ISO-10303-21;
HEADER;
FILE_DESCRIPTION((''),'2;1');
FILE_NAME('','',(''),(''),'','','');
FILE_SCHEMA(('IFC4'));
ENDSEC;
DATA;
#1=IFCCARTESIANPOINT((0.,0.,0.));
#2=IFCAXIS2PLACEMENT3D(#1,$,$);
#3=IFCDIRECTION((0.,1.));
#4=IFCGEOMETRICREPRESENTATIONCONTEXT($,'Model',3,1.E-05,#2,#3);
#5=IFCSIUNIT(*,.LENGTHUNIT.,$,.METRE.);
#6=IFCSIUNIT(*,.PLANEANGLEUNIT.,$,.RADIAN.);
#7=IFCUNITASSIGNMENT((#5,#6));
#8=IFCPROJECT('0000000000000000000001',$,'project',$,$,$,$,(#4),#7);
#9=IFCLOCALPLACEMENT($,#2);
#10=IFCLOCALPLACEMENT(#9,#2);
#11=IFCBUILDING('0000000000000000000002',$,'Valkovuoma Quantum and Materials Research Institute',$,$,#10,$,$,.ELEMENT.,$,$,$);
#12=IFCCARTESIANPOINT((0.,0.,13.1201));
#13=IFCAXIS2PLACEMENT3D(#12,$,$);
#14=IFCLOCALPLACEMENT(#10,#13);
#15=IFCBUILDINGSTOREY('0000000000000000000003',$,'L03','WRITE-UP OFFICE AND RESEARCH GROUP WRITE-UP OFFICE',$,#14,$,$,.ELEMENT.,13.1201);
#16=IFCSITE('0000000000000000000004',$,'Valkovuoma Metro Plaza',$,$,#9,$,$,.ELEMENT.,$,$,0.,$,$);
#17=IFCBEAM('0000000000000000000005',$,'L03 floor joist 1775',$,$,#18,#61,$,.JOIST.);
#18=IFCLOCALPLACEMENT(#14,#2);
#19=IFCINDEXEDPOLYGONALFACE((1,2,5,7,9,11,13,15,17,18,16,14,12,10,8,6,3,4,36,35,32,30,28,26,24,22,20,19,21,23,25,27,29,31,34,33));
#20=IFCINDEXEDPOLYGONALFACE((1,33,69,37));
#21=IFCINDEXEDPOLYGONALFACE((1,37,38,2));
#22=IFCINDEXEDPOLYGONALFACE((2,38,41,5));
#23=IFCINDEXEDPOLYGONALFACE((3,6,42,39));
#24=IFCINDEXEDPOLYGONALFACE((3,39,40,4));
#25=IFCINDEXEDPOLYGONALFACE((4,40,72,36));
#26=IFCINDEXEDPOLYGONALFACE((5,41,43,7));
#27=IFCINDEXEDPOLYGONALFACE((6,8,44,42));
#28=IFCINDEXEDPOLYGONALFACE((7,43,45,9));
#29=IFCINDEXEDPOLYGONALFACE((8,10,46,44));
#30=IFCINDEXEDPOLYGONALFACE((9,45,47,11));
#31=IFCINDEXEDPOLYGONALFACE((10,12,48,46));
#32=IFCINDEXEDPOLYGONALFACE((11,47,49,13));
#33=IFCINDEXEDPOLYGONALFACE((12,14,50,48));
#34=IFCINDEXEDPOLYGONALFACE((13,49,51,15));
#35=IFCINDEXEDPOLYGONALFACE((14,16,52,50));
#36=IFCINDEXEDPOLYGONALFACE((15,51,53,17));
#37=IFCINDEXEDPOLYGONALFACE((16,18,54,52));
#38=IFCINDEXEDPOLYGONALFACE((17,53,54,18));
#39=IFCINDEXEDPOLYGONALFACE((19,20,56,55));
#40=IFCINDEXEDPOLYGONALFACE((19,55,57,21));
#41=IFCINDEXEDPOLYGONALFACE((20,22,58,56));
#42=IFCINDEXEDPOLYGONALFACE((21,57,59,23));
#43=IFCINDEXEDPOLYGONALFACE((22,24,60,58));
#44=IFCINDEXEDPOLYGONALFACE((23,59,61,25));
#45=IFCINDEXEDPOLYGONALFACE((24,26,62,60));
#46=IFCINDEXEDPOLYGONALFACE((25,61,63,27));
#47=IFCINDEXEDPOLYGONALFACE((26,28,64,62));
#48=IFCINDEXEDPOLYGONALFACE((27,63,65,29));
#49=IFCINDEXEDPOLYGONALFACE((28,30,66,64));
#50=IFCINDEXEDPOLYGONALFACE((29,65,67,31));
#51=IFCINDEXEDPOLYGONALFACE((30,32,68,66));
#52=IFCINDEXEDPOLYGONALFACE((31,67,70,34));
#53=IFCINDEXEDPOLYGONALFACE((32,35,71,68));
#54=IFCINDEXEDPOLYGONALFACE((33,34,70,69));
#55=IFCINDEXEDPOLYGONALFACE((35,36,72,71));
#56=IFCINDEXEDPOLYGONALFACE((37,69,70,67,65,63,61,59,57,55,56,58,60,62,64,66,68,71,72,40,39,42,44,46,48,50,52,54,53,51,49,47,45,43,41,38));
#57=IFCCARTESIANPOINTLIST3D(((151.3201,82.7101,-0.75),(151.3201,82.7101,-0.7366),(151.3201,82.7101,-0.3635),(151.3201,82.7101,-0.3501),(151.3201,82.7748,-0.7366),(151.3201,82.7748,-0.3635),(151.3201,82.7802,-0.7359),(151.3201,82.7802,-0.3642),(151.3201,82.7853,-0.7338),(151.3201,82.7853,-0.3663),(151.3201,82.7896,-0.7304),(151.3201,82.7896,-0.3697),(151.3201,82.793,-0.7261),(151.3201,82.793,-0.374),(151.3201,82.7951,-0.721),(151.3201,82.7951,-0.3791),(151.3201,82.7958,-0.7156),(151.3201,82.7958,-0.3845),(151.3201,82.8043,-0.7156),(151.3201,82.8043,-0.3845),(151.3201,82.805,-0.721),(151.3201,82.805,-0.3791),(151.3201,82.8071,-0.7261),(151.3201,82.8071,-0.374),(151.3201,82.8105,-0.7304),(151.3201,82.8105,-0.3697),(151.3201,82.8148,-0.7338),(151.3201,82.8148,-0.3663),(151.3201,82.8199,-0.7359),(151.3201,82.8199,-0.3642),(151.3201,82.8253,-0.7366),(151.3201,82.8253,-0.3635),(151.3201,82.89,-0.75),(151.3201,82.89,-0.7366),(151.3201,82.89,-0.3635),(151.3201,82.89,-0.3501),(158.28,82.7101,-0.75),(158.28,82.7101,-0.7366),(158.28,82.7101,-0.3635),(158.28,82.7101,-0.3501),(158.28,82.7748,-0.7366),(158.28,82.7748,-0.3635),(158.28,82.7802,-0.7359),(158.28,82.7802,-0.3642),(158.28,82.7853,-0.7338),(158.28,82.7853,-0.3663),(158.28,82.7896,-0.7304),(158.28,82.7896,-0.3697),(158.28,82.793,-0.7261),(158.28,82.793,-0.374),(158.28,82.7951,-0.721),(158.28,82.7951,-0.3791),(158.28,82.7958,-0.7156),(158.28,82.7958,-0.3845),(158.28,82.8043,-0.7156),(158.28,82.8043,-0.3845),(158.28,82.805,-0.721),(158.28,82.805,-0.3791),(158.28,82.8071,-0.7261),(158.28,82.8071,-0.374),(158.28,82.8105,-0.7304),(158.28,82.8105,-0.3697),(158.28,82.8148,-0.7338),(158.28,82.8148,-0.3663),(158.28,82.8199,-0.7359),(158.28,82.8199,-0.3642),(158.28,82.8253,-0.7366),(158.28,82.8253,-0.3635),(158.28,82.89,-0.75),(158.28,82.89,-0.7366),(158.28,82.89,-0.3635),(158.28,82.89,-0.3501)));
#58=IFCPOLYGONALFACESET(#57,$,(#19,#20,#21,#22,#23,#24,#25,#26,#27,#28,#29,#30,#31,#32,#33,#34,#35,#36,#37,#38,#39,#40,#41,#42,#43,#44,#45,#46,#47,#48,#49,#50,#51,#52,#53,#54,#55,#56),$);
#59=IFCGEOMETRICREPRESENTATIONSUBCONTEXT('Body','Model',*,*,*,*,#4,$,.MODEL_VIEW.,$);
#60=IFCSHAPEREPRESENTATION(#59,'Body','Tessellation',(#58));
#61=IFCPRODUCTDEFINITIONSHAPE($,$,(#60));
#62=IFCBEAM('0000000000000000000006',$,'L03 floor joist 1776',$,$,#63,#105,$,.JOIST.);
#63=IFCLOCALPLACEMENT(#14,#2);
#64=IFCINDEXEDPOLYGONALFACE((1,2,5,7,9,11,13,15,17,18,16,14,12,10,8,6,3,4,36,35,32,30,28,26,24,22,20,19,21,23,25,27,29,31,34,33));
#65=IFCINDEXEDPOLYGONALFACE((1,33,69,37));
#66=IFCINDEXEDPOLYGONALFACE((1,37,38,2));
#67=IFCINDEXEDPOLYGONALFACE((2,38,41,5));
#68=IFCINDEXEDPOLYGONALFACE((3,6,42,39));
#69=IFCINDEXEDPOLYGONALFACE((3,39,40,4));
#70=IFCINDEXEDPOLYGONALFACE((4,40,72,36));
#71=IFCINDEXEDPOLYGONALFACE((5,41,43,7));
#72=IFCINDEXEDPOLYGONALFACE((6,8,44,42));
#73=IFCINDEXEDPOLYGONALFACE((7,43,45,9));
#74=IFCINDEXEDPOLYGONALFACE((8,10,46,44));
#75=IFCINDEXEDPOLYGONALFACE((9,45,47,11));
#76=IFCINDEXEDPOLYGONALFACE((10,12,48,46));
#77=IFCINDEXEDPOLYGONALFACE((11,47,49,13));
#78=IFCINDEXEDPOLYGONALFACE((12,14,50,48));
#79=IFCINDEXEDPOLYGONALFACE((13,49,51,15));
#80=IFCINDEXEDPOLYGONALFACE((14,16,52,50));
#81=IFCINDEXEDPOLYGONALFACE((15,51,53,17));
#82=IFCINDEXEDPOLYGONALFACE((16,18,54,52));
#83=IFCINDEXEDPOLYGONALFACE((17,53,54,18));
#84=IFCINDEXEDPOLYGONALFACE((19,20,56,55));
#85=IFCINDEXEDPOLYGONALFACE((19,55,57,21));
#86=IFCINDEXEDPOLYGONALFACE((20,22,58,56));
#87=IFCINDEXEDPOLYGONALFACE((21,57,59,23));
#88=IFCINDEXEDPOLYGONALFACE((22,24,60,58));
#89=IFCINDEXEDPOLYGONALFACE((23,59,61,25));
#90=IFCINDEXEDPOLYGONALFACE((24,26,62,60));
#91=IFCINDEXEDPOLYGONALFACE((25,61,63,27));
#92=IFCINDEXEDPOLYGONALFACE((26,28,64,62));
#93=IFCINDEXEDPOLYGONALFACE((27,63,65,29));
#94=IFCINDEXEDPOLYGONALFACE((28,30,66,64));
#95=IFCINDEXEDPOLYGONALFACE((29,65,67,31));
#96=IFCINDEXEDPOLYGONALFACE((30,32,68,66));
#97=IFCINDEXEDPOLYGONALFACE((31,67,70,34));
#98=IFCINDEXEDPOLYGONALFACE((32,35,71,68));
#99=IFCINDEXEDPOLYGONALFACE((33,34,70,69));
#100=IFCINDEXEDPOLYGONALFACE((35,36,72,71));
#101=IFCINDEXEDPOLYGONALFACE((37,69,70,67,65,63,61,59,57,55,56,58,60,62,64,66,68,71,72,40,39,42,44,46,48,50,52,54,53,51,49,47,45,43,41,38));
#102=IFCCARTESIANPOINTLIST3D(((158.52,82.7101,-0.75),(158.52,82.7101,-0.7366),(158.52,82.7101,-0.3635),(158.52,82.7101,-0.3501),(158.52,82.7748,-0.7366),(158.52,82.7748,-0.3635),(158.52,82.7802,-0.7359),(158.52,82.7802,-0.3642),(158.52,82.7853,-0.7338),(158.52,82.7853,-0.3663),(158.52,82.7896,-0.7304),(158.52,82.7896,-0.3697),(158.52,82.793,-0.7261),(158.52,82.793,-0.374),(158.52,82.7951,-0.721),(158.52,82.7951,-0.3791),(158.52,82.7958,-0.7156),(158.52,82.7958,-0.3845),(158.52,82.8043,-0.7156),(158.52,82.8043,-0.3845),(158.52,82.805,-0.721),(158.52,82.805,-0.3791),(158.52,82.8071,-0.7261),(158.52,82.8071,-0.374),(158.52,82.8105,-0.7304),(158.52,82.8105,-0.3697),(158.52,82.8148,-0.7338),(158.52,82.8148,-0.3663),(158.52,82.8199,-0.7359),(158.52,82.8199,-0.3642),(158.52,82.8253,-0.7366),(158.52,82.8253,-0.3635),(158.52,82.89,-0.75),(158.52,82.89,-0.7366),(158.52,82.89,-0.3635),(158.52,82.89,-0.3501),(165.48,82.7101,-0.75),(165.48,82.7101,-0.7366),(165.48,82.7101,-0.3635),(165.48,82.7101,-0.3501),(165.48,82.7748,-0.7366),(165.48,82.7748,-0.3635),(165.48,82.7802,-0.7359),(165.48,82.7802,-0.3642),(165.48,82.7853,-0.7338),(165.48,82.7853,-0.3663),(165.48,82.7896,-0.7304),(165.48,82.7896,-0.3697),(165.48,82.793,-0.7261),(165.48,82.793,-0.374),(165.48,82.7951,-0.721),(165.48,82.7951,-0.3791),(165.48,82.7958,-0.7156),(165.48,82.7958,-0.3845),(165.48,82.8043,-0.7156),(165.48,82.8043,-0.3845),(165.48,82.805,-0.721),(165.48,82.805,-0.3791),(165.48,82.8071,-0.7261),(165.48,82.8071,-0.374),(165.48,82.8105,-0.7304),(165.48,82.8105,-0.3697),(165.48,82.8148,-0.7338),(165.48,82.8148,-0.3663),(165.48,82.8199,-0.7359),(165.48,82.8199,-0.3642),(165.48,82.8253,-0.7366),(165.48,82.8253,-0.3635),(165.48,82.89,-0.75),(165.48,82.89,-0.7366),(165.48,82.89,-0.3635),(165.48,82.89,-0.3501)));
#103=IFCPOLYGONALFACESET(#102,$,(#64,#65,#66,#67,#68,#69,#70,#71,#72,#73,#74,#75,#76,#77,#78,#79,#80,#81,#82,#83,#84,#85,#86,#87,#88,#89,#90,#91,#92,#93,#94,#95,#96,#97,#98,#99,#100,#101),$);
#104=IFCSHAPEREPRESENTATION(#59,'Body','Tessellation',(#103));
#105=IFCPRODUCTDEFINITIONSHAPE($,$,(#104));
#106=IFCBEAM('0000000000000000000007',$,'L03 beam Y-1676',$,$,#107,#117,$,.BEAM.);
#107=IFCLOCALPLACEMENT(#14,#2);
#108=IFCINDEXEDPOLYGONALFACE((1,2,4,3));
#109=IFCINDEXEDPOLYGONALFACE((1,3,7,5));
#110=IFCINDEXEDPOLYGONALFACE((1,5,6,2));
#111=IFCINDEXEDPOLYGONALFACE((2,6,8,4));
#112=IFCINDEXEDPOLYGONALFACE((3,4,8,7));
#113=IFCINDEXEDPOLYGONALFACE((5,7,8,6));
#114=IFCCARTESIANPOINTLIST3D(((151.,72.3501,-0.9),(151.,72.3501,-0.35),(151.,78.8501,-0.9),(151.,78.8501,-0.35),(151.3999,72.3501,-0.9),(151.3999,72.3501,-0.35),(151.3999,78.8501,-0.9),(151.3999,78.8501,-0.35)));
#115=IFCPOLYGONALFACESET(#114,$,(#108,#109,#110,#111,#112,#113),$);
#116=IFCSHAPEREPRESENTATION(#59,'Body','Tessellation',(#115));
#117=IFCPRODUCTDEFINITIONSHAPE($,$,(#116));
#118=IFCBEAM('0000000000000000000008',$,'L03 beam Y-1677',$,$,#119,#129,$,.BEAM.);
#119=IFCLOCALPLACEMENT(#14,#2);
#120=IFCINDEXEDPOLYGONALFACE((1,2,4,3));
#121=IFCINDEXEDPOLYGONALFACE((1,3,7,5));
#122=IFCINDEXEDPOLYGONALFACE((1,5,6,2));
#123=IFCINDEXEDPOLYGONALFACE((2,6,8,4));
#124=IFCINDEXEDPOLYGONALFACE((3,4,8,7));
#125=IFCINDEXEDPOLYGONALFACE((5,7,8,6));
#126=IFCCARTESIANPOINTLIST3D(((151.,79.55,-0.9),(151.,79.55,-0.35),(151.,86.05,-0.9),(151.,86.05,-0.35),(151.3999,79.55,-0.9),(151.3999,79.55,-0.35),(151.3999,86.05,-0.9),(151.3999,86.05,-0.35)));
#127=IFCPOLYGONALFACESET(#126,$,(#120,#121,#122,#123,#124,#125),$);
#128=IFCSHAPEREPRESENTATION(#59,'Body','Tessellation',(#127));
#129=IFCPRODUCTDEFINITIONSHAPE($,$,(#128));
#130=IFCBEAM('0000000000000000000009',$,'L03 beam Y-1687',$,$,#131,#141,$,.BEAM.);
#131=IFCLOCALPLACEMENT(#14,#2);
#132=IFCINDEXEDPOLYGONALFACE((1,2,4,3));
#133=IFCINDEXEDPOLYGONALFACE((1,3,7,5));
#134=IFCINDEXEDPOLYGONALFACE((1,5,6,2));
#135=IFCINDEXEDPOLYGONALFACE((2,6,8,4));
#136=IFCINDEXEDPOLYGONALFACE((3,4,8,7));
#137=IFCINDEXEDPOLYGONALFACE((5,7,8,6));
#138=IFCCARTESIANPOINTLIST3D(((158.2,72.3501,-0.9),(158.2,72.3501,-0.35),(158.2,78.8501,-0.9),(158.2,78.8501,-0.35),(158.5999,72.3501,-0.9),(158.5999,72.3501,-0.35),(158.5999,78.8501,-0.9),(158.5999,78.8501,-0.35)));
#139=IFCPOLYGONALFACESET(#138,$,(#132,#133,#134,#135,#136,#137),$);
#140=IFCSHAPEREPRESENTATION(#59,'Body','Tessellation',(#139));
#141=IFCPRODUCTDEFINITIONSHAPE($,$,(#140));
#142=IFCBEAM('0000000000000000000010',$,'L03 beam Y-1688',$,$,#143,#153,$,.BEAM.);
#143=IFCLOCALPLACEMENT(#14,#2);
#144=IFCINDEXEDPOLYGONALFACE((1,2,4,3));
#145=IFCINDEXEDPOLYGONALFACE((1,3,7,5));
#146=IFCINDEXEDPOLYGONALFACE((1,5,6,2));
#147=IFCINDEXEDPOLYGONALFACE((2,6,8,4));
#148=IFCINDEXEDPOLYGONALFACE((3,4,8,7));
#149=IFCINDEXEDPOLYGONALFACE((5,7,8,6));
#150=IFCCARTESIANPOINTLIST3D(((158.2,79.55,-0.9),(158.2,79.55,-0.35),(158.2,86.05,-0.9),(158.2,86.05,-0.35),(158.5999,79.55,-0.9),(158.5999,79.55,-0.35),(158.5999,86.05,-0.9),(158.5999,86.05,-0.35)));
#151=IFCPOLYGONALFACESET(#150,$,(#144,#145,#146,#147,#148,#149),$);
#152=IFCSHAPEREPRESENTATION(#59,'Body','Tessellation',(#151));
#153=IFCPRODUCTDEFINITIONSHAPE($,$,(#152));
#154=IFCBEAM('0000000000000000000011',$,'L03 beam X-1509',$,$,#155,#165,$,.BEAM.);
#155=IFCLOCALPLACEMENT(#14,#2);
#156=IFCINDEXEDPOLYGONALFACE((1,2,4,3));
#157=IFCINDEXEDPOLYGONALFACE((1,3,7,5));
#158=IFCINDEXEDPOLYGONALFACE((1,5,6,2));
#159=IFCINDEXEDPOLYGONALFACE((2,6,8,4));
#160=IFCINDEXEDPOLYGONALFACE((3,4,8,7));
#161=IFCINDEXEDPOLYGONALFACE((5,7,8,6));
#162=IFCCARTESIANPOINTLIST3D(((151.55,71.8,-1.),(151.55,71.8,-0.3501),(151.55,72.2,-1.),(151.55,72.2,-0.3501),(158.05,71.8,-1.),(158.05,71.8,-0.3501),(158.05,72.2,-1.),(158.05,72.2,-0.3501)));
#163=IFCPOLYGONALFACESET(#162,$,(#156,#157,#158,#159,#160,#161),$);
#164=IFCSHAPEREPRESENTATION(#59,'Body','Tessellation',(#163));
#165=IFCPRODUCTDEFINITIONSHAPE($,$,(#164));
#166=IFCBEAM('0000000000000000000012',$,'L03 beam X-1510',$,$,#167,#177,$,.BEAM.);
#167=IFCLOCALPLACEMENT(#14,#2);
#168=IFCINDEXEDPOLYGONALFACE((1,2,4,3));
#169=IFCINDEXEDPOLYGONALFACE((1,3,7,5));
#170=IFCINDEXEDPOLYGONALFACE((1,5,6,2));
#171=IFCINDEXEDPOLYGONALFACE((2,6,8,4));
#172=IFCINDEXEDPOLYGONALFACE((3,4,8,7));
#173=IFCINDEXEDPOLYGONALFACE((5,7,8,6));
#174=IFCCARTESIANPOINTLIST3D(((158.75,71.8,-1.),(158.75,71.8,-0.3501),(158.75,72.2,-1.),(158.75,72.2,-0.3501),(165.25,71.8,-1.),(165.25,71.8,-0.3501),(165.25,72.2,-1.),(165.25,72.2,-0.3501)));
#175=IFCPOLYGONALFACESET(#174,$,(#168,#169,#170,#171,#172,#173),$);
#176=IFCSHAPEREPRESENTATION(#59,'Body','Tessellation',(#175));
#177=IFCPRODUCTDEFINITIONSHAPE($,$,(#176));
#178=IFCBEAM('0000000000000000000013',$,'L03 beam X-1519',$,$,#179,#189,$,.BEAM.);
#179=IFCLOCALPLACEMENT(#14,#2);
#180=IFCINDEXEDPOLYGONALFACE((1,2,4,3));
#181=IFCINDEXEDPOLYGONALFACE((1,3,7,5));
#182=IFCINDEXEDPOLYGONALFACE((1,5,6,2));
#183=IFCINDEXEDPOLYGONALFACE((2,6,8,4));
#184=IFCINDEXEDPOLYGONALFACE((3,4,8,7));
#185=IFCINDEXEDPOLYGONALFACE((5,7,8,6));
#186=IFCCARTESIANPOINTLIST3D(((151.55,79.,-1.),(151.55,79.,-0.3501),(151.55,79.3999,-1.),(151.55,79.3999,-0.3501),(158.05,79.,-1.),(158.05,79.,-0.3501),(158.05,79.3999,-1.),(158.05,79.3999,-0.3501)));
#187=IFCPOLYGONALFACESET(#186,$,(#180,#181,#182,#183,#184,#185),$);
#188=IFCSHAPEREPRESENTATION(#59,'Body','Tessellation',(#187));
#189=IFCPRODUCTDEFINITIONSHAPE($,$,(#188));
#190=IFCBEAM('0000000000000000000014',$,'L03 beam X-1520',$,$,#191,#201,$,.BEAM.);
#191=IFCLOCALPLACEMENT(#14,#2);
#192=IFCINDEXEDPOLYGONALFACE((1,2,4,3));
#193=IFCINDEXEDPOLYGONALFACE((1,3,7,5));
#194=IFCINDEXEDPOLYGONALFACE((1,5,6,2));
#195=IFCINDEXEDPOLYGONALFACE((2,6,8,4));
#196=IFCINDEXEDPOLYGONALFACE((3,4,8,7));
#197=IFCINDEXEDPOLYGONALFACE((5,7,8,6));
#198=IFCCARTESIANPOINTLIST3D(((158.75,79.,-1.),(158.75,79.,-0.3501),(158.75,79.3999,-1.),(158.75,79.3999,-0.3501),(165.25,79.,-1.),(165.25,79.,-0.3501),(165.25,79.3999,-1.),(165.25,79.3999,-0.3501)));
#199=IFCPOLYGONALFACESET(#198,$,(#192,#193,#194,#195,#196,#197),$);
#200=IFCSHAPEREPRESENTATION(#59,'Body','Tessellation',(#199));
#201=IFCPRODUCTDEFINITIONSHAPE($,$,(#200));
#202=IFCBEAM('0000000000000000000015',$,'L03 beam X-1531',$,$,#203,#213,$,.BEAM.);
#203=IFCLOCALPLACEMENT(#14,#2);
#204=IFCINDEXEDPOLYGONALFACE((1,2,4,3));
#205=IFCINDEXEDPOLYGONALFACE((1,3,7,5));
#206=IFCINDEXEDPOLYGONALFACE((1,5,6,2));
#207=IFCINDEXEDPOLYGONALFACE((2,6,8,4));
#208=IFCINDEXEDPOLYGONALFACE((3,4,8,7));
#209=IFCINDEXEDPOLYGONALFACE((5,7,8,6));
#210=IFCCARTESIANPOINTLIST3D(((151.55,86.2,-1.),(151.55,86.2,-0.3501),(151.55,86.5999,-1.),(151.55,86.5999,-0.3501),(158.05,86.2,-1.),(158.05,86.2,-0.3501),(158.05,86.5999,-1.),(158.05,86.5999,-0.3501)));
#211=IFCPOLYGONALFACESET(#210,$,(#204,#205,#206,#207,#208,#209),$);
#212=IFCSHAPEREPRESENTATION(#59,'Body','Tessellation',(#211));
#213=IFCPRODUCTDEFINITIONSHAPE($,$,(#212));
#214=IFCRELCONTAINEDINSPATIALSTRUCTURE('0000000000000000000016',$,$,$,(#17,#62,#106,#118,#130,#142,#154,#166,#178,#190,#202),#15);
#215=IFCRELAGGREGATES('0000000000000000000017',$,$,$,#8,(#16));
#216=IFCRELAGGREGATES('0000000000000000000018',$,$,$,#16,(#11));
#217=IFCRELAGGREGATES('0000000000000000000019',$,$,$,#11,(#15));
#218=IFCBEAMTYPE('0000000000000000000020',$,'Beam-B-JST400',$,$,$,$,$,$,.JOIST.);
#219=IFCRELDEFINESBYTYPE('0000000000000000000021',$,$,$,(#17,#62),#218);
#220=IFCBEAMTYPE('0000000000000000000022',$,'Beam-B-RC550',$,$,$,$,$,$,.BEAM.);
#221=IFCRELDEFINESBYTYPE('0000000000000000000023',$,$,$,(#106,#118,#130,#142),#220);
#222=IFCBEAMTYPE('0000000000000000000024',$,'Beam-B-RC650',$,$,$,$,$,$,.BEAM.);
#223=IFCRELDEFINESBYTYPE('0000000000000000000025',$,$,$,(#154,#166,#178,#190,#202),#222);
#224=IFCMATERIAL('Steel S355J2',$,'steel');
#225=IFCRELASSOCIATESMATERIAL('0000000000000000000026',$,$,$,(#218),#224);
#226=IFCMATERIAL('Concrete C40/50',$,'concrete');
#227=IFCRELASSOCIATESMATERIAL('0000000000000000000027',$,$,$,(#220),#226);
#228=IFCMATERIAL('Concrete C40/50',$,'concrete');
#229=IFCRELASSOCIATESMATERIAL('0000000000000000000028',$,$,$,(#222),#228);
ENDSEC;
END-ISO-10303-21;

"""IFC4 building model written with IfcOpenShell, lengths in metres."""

from ifc_helpers import new_model, si_unit, direction, frame, origin, origin_2d, place, context, subcontext, project, spatial, rectangle, i_section, extrude, material, material_profile, profile_set, type_object, element, save


model = new_model("IFC4")

# Units and contexts
model_context = context("Model", 3, precision=1e-05, world=origin(), true_north=direction((0.0, 1.0)))
body_context = subcontext(model_context, "Body", "Model", "MODEL_VIEW")
ifc_project = project(units=[si_unit("LENGTHUNIT", "METRE"), si_unit("PLANEANGLEUNIT", "RADIAN")], contexts=[model_context])

# Site, building, storey
site_placement = place(None, origin())
site = spatial("IfcSite", under=ifc_project, at=site_placement, Name="Valkovuoma Metro Plaza", CompositionType="ELEMENT", RefElevation=0.0)
building_placement = place(site_placement, origin())
building = spatial("IfcBuilding", under=site, at=building_placement, Name="Valkovuoma Quantum and Materials Research Institute", CompositionType="ELEMENT")
storey_placement = place(building_placement, frame((0.0, 0.0, 13.1201)))
storey = spatial("IfcBuildingStorey", under=building, at=storey_placement, Name="L03", Description="WRITE-UP OFFICE AND RESEARCH GROUP WRITE-UP OFFICE", CompositionType="ELEMENT", Elevation=13.1201)

# Beams
ifc_material_1 = material(Name="Steel S355J2", Category="steel")
ifc_material_profile_1 = material_profile(ifc_material_1, i_section(OverallWidth=0.1799, OverallDepth=0.3999, WebThickness=0.0085, FlangeThickness=0.0134, FilletRadius=0.021, at=origin_2d()), Name="Steel S355J2")
ifc_profile_set_1 = profile_set([ifc_material_profile_1], Name="Steel S355J2")
beam_type_1 = type_object("IfcBeamType", Name="Beam-B-JST400", PredefinedType="JOIST", material=ifc_profile_set_1)
for number, where, z_axis, x_axis, name in (
    (1, (151.3201, 82.8, -0.55), (1.0, 0.0, 0.0), (0.0, 1.0, 0.0), "L03 floor joist 1775"),
    (2, (158.52, 82.8, -0.55), (1.0, 0.0, 0.0), (0.0, 1.0, 0.0), "L03 floor joist 1776"),
):
    element("IfcBeam", number, at=place(storey_placement, frame(where, z_axis=z_axis, x_axis=x_axis)), inside=storey, type_object=beam_type_1, Name=name, PredefinedType="JOIST", context=body_context, shape_type="SweptSolid", body=[
        extrude(i_section(OverallWidth=0.1799, OverallDepth=0.3999, WebThickness=0.0085, FlangeThickness=0.0134, FilletRadius=0.021, at=origin_2d()), origin(), (0.0, 0.0, 1.0), 6.96),
    ])
ifc_material_2 = material(Name="Concrete C40/50", Category="concrete")
ifc_material_profile_2 = material_profile(ifc_material_2, rectangle(XDim=0.3999, YDim=0.55, at=origin_2d()), Name="Concrete C40/50")
ifc_profile_set_2 = profile_set([ifc_material_profile_2], Name="Concrete C40/50")
beam_type_2 = type_object("IfcBeamType", Name="Beam-B-RC550", PredefinedType="BEAM", material=ifc_profile_set_2)
for number, where, z_axis, x_axis, name in (
    (3, (151.2, 72.3501, -0.625), (0.0, 1.0, 0.0), (-1.0, 0.0, 0.0), "L03 beam Y-1676"),
    (4, (151.2, 79.55, -0.625), (0.0, 1.0, 0.0), (-1.0, 0.0, 0.0), "L03 beam Y-1677"),
    (5, (158.3999, 72.3501, -0.625), (0.0, 1.0, 0.0), (-1.0, 0.0, 0.0), "L03 beam Y-1687"),
    (6, (158.3999, 79.55, -0.625), (0.0, 1.0, 0.0), (-1.0, 0.0, 0.0), "L03 beam Y-1688"),
):
    element("IfcBeam", number, at=place(storey_placement, frame(where, z_axis=z_axis, x_axis=x_axis)), inside=storey, type_object=beam_type_2, Name=name, PredefinedType="BEAM", context=body_context, shape_type="SweptSolid", body=[
        extrude(rectangle(XDim=0.3999, YDim=0.55, at=origin_2d()), origin(), (0.0, 0.0, 1.0), 6.5),
    ])
ifc_material_3 = material(Name="Concrete C40/50", Category="concrete")
ifc_material_profile_3 = material_profile(ifc_material_3, rectangle(XDim=0.3999, YDim=0.6499, at=origin_2d()), Name="Concrete C40/50")
ifc_profile_set_3 = profile_set([ifc_material_profile_3], Name="Concrete C40/50")
beam_type_3 = type_object("IfcBeamType", Name="Beam-B-RC650", PredefinedType="BEAM", material=ifc_profile_set_3)
for number, where, z_axis, x_axis, name in (
    (7, (151.55, 72.0, -0.675), (1.0, 0.0, 0.0), (0.0, 1.0, 0.0), "L03 beam X-1509"),
    (8, (158.75, 72.0, -0.675), (1.0, 0.0, 0.0), (0.0, 1.0, 0.0), "L03 beam X-1510"),
    (9, (151.55, 79.2, -0.675), (1.0, 0.0, 0.0), (0.0, 1.0, 0.0), "L03 beam X-1519"),
    (10, (158.75, 79.2, -0.675), (1.0, 0.0, 0.0), (0.0, 1.0, 0.0), "L03 beam X-1520"),
    (11, (151.55, 86.3999, -0.675), (1.0, 0.0, 0.0), (0.0, 1.0, 0.0), "L03 beam X-1531"),
):
    element("IfcBeam", number, at=place(storey_placement, frame(where, z_axis=z_axis, x_axis=x_axis)), inside=storey, type_object=beam_type_3, Name=name, PredefinedType="BEAM", context=body_context, shape_type="SweptSolid", body=[
        extrude(rectangle(XDim=0.3999, YDim=0.6499, at=origin_2d()), origin(), (0.0, 0.0, 1.0), 6.5),
    ])

save(model, "model.ifc")
